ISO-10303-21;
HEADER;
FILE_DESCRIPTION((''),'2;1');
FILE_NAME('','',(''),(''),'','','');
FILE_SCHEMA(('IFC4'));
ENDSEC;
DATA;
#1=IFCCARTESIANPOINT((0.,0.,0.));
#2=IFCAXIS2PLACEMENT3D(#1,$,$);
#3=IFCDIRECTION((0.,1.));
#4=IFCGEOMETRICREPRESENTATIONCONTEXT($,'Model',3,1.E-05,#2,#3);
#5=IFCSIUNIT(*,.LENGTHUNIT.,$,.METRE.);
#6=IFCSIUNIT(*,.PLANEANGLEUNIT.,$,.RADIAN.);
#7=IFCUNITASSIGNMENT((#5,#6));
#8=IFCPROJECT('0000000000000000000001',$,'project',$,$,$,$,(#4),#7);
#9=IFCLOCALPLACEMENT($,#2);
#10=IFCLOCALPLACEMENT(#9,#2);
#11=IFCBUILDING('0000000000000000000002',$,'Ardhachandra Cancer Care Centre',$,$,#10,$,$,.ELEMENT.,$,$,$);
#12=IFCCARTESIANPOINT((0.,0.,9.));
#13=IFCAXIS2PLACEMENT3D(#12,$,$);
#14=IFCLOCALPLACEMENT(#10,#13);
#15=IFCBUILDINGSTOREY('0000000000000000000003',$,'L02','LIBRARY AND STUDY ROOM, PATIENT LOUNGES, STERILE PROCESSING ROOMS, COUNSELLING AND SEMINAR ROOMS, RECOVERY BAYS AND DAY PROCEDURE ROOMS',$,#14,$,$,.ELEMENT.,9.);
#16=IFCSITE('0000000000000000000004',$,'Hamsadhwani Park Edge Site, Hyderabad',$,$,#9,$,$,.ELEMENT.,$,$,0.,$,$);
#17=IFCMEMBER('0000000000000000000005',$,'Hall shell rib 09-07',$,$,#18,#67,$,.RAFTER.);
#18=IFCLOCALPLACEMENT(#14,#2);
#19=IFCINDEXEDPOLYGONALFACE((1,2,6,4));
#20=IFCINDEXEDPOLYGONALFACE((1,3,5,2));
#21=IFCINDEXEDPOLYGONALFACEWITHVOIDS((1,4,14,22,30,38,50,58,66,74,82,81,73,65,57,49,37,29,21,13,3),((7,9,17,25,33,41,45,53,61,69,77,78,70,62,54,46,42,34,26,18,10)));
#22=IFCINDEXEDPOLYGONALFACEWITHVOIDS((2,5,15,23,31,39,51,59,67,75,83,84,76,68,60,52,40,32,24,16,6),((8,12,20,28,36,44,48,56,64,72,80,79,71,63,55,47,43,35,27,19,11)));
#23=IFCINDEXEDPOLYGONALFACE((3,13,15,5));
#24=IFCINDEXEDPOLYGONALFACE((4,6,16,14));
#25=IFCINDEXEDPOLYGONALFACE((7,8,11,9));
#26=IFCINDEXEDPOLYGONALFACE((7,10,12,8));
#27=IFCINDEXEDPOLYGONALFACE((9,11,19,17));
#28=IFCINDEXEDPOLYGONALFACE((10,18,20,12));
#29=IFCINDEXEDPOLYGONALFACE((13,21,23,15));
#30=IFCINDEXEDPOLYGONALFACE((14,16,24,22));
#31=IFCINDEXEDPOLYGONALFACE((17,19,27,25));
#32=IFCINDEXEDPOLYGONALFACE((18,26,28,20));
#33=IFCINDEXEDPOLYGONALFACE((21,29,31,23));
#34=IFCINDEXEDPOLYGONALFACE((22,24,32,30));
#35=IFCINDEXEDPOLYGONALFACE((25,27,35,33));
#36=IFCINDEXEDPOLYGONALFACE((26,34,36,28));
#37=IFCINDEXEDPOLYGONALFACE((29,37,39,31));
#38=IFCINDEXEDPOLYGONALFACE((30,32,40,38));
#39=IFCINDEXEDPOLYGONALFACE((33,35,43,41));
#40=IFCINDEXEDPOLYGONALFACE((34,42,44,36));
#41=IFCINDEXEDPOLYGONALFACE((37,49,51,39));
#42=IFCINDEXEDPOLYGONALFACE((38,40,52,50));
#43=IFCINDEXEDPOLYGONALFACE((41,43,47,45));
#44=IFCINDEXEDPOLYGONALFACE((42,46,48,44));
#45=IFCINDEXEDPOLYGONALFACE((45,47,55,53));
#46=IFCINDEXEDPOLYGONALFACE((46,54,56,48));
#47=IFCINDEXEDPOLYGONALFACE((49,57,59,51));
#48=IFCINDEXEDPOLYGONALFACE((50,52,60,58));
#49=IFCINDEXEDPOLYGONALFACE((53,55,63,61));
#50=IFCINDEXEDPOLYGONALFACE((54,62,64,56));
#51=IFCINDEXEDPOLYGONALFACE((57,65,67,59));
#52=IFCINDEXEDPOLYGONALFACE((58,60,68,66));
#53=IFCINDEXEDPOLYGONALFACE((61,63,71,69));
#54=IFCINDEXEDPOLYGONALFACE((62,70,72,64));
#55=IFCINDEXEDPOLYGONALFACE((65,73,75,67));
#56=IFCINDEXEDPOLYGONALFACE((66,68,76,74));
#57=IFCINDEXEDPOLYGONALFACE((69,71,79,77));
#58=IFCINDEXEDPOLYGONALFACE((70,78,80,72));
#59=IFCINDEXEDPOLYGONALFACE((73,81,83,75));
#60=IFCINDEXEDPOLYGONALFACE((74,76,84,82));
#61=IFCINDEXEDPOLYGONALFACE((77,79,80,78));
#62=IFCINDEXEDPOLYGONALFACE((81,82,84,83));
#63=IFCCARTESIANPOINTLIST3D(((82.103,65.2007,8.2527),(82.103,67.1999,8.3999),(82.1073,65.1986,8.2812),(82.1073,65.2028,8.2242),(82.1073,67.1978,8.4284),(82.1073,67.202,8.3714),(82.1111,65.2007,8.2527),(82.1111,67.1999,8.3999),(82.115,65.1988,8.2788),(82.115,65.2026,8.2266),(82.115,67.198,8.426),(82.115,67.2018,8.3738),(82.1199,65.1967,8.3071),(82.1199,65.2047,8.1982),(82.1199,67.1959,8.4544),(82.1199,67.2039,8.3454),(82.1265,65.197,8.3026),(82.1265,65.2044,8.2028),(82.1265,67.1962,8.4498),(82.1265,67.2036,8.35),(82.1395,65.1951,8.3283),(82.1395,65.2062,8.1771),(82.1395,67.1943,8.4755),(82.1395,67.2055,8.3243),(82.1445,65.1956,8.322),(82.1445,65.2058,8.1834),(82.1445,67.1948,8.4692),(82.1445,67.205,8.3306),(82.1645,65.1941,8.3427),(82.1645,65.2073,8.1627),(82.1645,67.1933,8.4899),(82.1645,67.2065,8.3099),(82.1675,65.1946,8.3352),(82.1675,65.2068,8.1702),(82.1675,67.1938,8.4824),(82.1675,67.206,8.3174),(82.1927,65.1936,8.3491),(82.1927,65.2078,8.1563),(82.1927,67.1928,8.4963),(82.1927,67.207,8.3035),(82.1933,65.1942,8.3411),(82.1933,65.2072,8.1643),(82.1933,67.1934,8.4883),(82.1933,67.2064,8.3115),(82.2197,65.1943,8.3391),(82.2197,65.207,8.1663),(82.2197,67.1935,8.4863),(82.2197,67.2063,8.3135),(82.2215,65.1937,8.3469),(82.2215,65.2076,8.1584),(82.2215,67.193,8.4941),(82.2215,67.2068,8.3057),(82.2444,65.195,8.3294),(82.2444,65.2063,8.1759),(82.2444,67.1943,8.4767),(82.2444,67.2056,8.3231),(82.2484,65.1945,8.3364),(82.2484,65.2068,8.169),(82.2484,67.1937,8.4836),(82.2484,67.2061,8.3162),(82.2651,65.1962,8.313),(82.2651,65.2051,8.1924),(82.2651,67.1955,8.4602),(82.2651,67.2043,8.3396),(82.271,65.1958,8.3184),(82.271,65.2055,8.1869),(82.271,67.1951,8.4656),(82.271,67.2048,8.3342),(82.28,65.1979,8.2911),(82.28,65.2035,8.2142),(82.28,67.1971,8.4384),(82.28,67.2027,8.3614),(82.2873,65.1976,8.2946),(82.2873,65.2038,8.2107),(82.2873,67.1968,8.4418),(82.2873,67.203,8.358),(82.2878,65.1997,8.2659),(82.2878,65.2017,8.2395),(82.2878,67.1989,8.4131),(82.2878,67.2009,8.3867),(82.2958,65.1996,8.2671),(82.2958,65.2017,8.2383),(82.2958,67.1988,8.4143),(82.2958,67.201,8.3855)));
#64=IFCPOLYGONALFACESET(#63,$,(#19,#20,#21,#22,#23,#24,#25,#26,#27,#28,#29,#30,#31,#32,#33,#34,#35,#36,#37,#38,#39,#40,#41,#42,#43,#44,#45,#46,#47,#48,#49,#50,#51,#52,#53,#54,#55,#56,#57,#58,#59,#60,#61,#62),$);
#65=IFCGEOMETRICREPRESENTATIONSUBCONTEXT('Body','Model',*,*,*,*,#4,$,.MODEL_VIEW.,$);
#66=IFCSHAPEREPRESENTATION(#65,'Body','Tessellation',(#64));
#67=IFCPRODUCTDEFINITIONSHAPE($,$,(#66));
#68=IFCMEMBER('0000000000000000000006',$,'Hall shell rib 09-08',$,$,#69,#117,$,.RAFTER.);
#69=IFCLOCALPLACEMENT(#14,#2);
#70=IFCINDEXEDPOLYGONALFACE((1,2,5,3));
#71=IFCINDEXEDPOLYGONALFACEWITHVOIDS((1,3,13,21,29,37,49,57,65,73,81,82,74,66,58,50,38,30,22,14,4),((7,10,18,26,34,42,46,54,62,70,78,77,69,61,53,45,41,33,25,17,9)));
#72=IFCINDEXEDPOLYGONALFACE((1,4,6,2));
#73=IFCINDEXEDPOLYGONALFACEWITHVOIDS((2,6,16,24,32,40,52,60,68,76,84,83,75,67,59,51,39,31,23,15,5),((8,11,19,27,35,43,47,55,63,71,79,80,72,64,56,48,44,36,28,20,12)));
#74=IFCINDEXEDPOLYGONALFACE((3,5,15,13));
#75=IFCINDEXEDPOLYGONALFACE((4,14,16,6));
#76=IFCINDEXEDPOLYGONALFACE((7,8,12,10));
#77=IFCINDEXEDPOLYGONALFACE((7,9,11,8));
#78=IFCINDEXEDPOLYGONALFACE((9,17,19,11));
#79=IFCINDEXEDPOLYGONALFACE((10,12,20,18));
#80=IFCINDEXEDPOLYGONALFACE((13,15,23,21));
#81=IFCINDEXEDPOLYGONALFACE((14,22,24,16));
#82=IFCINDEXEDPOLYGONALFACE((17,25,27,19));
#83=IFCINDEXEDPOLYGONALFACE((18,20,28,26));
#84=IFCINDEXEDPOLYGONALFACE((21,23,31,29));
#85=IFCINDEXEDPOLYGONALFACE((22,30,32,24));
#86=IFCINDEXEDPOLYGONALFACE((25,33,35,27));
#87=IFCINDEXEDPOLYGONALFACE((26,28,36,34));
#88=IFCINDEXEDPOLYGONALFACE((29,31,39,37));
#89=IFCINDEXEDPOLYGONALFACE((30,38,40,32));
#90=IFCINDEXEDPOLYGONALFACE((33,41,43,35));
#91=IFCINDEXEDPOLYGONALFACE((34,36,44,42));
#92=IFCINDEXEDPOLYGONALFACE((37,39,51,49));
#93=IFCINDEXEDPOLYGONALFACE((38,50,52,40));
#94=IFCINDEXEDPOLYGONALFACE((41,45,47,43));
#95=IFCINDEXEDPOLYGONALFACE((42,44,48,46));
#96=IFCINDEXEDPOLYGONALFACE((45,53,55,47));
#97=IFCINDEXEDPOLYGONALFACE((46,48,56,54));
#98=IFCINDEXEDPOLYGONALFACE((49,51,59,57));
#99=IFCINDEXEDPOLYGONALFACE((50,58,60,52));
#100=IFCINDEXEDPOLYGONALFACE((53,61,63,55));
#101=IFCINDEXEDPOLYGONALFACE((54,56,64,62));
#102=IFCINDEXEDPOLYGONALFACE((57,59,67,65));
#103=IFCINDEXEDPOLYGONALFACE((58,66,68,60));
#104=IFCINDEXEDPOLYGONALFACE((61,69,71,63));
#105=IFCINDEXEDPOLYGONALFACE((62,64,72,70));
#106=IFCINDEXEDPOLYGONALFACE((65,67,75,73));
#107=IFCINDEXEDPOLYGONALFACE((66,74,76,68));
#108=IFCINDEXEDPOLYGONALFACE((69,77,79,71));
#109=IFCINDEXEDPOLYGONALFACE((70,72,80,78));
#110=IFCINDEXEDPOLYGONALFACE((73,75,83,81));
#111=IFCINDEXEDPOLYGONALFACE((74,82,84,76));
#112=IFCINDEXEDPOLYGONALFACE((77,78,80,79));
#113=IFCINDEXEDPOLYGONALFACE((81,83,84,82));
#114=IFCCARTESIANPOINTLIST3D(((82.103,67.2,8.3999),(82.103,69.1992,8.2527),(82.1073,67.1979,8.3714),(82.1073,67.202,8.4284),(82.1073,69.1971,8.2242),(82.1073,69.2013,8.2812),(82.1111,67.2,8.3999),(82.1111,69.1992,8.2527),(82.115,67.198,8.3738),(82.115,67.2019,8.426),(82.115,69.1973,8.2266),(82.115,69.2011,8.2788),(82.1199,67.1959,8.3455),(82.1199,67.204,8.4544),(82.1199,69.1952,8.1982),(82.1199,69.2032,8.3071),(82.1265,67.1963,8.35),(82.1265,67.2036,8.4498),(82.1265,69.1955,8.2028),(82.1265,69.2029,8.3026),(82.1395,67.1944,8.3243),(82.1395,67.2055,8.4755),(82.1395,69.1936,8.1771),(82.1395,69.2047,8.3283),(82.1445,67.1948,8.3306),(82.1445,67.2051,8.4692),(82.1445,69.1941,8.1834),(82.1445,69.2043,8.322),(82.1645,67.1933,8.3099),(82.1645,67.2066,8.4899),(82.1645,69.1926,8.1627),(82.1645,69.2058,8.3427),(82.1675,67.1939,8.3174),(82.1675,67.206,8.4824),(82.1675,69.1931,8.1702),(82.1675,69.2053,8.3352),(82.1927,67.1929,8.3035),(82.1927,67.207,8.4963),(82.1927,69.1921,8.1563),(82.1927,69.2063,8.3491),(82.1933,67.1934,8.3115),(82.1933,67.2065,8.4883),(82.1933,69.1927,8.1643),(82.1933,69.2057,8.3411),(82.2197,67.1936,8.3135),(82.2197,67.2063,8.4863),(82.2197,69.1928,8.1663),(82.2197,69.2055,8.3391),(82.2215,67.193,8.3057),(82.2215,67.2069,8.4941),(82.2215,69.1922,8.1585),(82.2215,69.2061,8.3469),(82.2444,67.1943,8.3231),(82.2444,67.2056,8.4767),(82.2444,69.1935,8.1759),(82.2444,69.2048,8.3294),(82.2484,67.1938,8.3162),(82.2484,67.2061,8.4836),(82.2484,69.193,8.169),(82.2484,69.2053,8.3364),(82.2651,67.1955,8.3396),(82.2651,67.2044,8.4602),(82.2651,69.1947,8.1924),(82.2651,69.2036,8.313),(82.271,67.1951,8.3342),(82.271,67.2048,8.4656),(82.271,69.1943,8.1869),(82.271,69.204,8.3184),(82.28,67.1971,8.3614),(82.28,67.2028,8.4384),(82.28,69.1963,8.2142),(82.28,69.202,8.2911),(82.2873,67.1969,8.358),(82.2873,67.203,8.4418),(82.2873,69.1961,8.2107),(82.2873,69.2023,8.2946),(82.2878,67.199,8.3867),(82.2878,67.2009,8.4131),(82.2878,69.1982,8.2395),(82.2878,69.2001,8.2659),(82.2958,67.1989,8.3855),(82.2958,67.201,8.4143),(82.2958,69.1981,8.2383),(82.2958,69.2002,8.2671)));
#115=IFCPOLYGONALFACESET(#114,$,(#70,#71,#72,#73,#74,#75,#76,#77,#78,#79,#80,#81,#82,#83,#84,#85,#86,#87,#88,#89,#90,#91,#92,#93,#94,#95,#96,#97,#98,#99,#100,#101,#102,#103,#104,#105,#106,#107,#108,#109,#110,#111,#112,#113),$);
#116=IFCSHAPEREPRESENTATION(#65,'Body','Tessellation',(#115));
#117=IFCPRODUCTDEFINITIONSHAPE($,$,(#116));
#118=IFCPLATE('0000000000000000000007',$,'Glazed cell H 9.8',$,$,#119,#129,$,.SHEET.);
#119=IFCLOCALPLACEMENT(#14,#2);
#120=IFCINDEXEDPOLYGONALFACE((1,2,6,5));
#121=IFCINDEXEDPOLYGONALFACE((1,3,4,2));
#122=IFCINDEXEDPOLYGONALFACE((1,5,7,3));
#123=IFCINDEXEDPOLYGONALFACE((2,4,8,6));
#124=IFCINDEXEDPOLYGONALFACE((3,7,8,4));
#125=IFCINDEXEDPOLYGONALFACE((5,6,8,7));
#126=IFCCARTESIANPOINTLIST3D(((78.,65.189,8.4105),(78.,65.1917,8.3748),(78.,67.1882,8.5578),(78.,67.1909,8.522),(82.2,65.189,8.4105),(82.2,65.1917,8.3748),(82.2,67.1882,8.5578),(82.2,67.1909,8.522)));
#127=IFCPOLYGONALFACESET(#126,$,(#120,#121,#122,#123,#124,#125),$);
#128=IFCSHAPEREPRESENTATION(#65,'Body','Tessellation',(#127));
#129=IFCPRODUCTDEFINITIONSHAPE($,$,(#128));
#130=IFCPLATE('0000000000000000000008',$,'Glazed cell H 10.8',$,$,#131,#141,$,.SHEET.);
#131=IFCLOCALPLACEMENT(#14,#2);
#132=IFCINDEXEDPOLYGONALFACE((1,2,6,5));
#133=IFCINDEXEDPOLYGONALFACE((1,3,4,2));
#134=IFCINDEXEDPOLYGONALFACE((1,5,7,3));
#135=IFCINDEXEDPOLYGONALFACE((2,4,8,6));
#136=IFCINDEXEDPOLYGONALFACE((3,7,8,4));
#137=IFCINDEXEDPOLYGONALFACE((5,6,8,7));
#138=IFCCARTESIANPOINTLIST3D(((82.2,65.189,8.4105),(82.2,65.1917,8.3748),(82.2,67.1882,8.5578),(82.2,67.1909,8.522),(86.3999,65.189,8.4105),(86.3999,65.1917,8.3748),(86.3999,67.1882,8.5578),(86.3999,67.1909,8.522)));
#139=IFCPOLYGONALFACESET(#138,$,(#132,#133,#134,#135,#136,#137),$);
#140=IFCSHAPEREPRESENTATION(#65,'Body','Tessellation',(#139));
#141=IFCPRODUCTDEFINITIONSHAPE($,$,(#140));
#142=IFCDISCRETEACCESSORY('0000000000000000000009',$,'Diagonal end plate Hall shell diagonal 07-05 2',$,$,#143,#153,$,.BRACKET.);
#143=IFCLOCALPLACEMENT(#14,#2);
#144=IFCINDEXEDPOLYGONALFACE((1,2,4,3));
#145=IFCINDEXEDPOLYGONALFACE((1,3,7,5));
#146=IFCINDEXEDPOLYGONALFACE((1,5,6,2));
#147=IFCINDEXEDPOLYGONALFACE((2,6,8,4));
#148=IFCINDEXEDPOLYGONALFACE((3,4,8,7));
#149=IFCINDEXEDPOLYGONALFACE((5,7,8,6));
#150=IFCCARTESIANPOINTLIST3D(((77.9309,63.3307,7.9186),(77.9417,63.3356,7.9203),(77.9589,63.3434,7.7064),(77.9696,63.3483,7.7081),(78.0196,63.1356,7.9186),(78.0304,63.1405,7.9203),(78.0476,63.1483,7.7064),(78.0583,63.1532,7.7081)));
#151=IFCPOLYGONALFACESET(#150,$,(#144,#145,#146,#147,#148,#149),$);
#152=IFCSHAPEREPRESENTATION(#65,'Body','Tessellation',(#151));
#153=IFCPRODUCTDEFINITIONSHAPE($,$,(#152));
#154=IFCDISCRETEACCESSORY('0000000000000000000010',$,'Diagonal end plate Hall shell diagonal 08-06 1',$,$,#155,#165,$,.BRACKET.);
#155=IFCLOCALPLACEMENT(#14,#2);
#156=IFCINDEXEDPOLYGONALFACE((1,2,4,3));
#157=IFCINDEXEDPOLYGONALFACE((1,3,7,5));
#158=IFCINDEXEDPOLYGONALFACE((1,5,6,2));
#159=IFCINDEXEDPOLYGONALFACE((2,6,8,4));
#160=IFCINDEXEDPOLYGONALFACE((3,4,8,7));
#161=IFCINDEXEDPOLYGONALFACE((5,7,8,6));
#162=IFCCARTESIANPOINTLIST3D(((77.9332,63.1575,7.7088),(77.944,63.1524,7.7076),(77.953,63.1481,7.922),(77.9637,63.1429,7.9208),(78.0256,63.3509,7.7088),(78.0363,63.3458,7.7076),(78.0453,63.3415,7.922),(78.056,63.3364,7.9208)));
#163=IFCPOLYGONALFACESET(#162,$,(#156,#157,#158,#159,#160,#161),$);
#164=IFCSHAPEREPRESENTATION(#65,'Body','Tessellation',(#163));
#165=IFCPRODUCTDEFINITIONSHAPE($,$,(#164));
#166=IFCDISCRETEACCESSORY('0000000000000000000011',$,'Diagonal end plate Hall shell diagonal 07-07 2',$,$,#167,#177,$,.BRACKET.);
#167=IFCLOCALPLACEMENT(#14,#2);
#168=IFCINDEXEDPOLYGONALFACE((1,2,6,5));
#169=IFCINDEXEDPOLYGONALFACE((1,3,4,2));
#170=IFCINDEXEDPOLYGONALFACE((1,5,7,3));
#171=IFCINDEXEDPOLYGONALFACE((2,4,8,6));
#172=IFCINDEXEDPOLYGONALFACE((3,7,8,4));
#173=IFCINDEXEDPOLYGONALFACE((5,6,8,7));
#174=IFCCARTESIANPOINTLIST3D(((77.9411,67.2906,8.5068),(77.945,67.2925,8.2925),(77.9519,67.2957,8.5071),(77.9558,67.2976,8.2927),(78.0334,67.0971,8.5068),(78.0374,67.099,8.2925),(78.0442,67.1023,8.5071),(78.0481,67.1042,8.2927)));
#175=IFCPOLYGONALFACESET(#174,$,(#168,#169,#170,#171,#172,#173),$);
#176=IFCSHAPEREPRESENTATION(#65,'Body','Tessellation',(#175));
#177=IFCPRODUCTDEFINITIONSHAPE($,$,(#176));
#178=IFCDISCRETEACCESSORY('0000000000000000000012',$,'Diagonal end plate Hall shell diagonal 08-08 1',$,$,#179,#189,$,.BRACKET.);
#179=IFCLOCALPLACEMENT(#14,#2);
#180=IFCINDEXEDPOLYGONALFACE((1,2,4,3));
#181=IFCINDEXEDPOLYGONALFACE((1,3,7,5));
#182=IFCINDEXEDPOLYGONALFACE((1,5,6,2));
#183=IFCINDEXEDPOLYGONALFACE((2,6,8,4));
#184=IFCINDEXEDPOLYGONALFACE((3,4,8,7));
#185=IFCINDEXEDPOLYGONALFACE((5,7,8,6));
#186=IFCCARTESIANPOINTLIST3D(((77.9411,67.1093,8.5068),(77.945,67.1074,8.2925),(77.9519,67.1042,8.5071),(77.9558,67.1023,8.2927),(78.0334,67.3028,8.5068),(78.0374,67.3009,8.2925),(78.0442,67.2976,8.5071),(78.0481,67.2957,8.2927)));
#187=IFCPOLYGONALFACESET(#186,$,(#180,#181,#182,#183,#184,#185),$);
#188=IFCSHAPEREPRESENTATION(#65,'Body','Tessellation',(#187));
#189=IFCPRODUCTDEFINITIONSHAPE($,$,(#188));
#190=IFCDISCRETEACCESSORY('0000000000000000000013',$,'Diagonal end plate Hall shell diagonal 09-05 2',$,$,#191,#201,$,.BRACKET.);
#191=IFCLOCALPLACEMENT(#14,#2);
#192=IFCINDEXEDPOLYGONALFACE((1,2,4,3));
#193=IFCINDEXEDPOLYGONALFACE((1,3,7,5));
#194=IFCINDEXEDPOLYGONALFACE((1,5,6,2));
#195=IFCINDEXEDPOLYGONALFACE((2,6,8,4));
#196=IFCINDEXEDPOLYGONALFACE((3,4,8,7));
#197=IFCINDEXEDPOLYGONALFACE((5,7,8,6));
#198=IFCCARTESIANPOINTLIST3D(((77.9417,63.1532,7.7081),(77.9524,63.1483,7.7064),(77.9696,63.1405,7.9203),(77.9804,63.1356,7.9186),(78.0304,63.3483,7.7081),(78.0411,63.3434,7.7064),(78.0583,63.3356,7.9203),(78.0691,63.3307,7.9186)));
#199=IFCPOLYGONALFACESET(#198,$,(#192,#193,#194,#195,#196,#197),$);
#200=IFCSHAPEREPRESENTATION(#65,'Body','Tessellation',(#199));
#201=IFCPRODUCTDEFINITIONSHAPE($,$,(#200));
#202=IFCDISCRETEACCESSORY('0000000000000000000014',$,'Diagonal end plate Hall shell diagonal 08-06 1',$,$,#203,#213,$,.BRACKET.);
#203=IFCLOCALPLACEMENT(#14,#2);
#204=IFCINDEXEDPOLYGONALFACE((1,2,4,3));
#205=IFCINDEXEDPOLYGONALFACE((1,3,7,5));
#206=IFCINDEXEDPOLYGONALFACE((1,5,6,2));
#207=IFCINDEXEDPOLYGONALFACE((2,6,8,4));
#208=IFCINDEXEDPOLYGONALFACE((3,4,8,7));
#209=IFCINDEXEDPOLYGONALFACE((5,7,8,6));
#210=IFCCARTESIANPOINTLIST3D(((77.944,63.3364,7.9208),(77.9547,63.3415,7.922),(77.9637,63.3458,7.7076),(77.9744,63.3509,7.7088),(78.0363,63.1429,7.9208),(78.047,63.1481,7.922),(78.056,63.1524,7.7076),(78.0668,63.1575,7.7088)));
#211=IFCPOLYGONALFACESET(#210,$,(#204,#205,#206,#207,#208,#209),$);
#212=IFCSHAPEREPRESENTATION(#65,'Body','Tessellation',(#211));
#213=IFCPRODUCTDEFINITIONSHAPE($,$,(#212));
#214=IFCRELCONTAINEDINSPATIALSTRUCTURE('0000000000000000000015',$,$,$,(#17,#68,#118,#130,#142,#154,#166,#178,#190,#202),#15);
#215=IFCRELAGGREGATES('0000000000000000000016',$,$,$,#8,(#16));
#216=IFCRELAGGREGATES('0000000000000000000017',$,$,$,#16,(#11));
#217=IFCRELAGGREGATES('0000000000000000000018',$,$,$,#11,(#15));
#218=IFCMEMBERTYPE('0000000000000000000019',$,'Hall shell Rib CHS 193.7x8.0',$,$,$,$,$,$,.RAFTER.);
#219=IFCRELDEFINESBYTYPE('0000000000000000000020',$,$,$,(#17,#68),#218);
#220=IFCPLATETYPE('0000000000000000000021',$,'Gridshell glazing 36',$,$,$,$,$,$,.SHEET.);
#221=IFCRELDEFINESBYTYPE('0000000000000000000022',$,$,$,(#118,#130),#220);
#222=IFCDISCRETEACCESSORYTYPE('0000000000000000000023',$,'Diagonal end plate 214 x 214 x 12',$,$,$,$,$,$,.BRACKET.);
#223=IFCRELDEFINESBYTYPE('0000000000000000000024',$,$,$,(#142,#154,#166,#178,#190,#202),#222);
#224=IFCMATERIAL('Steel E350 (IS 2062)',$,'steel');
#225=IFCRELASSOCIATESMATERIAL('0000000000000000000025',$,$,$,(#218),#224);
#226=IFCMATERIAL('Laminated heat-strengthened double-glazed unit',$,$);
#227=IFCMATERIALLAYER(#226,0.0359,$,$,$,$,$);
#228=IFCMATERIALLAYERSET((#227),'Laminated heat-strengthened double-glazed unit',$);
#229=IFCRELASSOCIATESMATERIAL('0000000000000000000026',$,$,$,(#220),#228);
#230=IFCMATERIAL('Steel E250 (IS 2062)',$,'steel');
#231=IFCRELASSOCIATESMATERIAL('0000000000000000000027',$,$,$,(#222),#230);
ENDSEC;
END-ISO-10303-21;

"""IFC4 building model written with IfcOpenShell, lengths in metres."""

from ifc_helpers import new_model, si_unit, direction, frame, origin, origin_2d, place, context, subcontext, project, spatial, polyline, rectangle, hollow_circle, outline, extrude, material, layer, layer_set, material_profile, profile_set, type_object, element, save


model = new_model("IFC4")

# Units and contexts
model_context = context("Model", 3, precision=1e-05, world=origin(), true_north=direction((0.0, 1.0)))
body_context = subcontext(model_context, "Body", "Model", "MODEL_VIEW")
ifc_project = project(units=[si_unit("LENGTHUNIT", "METRE"), si_unit("PLANEANGLEUNIT", "RADIAN")], contexts=[model_context])

# Site, building, storey
site_placement = place(None, origin())
site = spatial("IfcSite", under=ifc_project, at=site_placement, Name="Hamsadhwani Park Edge Site, Hyderabad", CompositionType="ELEMENT", RefElevation=0.0)
building_placement = place(site_placement, origin())
building = spatial("IfcBuilding", under=site, at=building_placement, Name="Ardhachandra Cancer Care Centre", CompositionType="ELEMENT")
storey_placement = place(building_placement, frame((0.0, 0.0, 9.0)))
storey = spatial("IfcBuildingStorey", under=building, at=storey_placement, Name="L02", Description="LIBRARY AND STUDY ROOM, PATIENT LOUNGES, STERILE PROCESSING ROOMS, COUNSELLING AND SEMINAR ROOMS, RECOVERY BAYS AND DAY PROCEDURE ROOMS", CompositionType="ELEMENT", Elevation=9.0)

# Members
ifc_material_1 = material(Name="Steel E350 (IS 2062)", Category="steel")
ifc_material_profile_1 = material_profile(ifc_material_1, hollow_circle(Radius=0.0969, WallThickness=0.0081, at=origin_2d()), Name="CHS 193.7x8.0")
ifc_profile_set_1 = profile_set([ifc_material_profile_1], Name="Steel E350 (IS 2062)")
member_type_1 = type_object("IfcMemberType", Name="Hall shell Rib CHS 193.7x8.0", PredefinedType="RAFTER", material=ifc_profile_set_1)
for number, where, z_axis, x_axis, name in (
    (1, (82.2, 65.2007, 8.2527), (0.0, 0.9973, 0.073437), (-1.0, 0.0, 0.0), "Hall shell rib 09-07"),
    (2, (82.2, 67.2, 8.3999), (0.0, 0.9973, -0.073437), (-1.0, 0.0, 0.0), "Hall shell rib 09-08"),
):
    element("IfcMember", number, at=place(storey_placement, frame(where, z_axis=z_axis, x_axis=x_axis)), inside=storey, type_object=member_type_1, Name=name, PredefinedType="RAFTER", context=body_context, shape_type="SweptSolid", body=[
        extrude(hollow_circle(Radius=0.0969, WallThickness=0.0081, at=origin_2d()), origin(), (0.0, 0.0, 1.0), 2.0046),
    ])

# Plates
ifc_material_2 = material(Name="Laminated heat-strengthened double-glazed unit")
ifc_layer = layer(ifc_material_2, 0.0359)
ifc_layer_set = layer_set([ifc_layer], Name="Laminated heat-strengthened double-glazed unit")
plate_type = type_object("IfcPlateType", Name="Gridshell glazing 36", PredefinedType="SHEET", material=ifc_layer_set)
for number, where, z_axis, x_axis, name in (
    (3, (78.0, 65.1917, 8.3748), (0.0, -0.073437, 0.9973), (1.0, 0.0, 0.0), "Glazed cell H 9.8"),
    (4, (82.2, 65.1917, 8.3748), (0.0, -0.073437, 0.9973), (1.0, 0.0, 0.0), "Glazed cell H 10.8"),
):
    element("IfcPlate", number, at=place(storey_placement, frame(where, z_axis=z_axis, x_axis=x_axis)), inside=storey, type_object=plate_type, Name=name, PredefinedType="SHEET", context=body_context, shape_type="SweptSolid", body=[
        extrude(outline(polyline([(0.0, 0.0), (4.2, 0.0), (4.2, 2.0046), (0.0, 2.0046), (0.0, 0.0)])), origin(), (0.0, 0.0, 1.0), 0.0359),
    ])

# Discrete accessories
ifc_material_3 = material(Name="Steel E250 (IS 2062)", Category="steel")
ifc_material_profile_2 = material_profile(ifc_material_3, rectangle(XDim=0.2144, YDim=0.2144, at=origin_2d()), Name="PL 214x214x12")
ifc_profile_set_2 = profile_set([ifc_material_profile_2], Name="Steel E250 (IS 2062)")
discrete_accessory_type = type_object("IfcDiscreteAccessoryType", Name="Diagonal end plate 214 x 214 x 12", PredefinedType="BRACKET", material=ifc_profile_set_2)
for number, where, z_axis, x_axis, name in (
    (5, (78.0, 63.2444, 7.8142), (-0.900966, -0.40953, -0.143336), (0.413803, -0.910366, 0.0), "Diagonal end plate Hall shell diagonal 07-05 2"),
    (6, (78.0, 63.2444, 7.8142), (-0.897772, 0.428482, 0.10202), (-0.43073, -0.902481, 0.0), "Diagonal end plate Hall shell diagonal 08-06 1"),
    (7, (78.0, 67.2, 8.3999), (-0.902291, -0.430639, -0.020507), (0.43073, -0.902481, 0.0), "Diagonal end plate Hall shell diagonal 07-07 2"),
    (8, (78.0, 67.2, 8.3999), (-0.902291, 0.430639, -0.020507), (-0.43073, -0.902481, 0.0), "Diagonal end plate Hall shell diagonal 08-08 1"),
    (9, (78.0, 63.2444, 7.8142), (0.900966, -0.40953, -0.143336), (0.413803, 0.910366, 0.0), "Diagonal end plate Hall shell diagonal 09-05 2"),
    (10, (78.0, 63.2444, 7.8142), (0.897772, 0.428482, 0.10202), (-0.43073, 0.902481, 0.0), "Diagonal end plate Hall shell diagonal 08-06 1"),
):
    element("IfcDiscreteAccessory", number, at=place(storey_placement, frame(where, z_axis=z_axis, x_axis=x_axis)), inside=storey, type_object=discrete_accessory_type, Name=name, PredefinedType="BRACKET", context=body_context, shape_type="SweptSolid", body=[
        extrude(rectangle(XDim=0.2144, YDim=0.2144, at=origin_2d()), origin(), (0.0, 0.0, 1.0), 0.012),
    ])

save(model, "model.ifc")
